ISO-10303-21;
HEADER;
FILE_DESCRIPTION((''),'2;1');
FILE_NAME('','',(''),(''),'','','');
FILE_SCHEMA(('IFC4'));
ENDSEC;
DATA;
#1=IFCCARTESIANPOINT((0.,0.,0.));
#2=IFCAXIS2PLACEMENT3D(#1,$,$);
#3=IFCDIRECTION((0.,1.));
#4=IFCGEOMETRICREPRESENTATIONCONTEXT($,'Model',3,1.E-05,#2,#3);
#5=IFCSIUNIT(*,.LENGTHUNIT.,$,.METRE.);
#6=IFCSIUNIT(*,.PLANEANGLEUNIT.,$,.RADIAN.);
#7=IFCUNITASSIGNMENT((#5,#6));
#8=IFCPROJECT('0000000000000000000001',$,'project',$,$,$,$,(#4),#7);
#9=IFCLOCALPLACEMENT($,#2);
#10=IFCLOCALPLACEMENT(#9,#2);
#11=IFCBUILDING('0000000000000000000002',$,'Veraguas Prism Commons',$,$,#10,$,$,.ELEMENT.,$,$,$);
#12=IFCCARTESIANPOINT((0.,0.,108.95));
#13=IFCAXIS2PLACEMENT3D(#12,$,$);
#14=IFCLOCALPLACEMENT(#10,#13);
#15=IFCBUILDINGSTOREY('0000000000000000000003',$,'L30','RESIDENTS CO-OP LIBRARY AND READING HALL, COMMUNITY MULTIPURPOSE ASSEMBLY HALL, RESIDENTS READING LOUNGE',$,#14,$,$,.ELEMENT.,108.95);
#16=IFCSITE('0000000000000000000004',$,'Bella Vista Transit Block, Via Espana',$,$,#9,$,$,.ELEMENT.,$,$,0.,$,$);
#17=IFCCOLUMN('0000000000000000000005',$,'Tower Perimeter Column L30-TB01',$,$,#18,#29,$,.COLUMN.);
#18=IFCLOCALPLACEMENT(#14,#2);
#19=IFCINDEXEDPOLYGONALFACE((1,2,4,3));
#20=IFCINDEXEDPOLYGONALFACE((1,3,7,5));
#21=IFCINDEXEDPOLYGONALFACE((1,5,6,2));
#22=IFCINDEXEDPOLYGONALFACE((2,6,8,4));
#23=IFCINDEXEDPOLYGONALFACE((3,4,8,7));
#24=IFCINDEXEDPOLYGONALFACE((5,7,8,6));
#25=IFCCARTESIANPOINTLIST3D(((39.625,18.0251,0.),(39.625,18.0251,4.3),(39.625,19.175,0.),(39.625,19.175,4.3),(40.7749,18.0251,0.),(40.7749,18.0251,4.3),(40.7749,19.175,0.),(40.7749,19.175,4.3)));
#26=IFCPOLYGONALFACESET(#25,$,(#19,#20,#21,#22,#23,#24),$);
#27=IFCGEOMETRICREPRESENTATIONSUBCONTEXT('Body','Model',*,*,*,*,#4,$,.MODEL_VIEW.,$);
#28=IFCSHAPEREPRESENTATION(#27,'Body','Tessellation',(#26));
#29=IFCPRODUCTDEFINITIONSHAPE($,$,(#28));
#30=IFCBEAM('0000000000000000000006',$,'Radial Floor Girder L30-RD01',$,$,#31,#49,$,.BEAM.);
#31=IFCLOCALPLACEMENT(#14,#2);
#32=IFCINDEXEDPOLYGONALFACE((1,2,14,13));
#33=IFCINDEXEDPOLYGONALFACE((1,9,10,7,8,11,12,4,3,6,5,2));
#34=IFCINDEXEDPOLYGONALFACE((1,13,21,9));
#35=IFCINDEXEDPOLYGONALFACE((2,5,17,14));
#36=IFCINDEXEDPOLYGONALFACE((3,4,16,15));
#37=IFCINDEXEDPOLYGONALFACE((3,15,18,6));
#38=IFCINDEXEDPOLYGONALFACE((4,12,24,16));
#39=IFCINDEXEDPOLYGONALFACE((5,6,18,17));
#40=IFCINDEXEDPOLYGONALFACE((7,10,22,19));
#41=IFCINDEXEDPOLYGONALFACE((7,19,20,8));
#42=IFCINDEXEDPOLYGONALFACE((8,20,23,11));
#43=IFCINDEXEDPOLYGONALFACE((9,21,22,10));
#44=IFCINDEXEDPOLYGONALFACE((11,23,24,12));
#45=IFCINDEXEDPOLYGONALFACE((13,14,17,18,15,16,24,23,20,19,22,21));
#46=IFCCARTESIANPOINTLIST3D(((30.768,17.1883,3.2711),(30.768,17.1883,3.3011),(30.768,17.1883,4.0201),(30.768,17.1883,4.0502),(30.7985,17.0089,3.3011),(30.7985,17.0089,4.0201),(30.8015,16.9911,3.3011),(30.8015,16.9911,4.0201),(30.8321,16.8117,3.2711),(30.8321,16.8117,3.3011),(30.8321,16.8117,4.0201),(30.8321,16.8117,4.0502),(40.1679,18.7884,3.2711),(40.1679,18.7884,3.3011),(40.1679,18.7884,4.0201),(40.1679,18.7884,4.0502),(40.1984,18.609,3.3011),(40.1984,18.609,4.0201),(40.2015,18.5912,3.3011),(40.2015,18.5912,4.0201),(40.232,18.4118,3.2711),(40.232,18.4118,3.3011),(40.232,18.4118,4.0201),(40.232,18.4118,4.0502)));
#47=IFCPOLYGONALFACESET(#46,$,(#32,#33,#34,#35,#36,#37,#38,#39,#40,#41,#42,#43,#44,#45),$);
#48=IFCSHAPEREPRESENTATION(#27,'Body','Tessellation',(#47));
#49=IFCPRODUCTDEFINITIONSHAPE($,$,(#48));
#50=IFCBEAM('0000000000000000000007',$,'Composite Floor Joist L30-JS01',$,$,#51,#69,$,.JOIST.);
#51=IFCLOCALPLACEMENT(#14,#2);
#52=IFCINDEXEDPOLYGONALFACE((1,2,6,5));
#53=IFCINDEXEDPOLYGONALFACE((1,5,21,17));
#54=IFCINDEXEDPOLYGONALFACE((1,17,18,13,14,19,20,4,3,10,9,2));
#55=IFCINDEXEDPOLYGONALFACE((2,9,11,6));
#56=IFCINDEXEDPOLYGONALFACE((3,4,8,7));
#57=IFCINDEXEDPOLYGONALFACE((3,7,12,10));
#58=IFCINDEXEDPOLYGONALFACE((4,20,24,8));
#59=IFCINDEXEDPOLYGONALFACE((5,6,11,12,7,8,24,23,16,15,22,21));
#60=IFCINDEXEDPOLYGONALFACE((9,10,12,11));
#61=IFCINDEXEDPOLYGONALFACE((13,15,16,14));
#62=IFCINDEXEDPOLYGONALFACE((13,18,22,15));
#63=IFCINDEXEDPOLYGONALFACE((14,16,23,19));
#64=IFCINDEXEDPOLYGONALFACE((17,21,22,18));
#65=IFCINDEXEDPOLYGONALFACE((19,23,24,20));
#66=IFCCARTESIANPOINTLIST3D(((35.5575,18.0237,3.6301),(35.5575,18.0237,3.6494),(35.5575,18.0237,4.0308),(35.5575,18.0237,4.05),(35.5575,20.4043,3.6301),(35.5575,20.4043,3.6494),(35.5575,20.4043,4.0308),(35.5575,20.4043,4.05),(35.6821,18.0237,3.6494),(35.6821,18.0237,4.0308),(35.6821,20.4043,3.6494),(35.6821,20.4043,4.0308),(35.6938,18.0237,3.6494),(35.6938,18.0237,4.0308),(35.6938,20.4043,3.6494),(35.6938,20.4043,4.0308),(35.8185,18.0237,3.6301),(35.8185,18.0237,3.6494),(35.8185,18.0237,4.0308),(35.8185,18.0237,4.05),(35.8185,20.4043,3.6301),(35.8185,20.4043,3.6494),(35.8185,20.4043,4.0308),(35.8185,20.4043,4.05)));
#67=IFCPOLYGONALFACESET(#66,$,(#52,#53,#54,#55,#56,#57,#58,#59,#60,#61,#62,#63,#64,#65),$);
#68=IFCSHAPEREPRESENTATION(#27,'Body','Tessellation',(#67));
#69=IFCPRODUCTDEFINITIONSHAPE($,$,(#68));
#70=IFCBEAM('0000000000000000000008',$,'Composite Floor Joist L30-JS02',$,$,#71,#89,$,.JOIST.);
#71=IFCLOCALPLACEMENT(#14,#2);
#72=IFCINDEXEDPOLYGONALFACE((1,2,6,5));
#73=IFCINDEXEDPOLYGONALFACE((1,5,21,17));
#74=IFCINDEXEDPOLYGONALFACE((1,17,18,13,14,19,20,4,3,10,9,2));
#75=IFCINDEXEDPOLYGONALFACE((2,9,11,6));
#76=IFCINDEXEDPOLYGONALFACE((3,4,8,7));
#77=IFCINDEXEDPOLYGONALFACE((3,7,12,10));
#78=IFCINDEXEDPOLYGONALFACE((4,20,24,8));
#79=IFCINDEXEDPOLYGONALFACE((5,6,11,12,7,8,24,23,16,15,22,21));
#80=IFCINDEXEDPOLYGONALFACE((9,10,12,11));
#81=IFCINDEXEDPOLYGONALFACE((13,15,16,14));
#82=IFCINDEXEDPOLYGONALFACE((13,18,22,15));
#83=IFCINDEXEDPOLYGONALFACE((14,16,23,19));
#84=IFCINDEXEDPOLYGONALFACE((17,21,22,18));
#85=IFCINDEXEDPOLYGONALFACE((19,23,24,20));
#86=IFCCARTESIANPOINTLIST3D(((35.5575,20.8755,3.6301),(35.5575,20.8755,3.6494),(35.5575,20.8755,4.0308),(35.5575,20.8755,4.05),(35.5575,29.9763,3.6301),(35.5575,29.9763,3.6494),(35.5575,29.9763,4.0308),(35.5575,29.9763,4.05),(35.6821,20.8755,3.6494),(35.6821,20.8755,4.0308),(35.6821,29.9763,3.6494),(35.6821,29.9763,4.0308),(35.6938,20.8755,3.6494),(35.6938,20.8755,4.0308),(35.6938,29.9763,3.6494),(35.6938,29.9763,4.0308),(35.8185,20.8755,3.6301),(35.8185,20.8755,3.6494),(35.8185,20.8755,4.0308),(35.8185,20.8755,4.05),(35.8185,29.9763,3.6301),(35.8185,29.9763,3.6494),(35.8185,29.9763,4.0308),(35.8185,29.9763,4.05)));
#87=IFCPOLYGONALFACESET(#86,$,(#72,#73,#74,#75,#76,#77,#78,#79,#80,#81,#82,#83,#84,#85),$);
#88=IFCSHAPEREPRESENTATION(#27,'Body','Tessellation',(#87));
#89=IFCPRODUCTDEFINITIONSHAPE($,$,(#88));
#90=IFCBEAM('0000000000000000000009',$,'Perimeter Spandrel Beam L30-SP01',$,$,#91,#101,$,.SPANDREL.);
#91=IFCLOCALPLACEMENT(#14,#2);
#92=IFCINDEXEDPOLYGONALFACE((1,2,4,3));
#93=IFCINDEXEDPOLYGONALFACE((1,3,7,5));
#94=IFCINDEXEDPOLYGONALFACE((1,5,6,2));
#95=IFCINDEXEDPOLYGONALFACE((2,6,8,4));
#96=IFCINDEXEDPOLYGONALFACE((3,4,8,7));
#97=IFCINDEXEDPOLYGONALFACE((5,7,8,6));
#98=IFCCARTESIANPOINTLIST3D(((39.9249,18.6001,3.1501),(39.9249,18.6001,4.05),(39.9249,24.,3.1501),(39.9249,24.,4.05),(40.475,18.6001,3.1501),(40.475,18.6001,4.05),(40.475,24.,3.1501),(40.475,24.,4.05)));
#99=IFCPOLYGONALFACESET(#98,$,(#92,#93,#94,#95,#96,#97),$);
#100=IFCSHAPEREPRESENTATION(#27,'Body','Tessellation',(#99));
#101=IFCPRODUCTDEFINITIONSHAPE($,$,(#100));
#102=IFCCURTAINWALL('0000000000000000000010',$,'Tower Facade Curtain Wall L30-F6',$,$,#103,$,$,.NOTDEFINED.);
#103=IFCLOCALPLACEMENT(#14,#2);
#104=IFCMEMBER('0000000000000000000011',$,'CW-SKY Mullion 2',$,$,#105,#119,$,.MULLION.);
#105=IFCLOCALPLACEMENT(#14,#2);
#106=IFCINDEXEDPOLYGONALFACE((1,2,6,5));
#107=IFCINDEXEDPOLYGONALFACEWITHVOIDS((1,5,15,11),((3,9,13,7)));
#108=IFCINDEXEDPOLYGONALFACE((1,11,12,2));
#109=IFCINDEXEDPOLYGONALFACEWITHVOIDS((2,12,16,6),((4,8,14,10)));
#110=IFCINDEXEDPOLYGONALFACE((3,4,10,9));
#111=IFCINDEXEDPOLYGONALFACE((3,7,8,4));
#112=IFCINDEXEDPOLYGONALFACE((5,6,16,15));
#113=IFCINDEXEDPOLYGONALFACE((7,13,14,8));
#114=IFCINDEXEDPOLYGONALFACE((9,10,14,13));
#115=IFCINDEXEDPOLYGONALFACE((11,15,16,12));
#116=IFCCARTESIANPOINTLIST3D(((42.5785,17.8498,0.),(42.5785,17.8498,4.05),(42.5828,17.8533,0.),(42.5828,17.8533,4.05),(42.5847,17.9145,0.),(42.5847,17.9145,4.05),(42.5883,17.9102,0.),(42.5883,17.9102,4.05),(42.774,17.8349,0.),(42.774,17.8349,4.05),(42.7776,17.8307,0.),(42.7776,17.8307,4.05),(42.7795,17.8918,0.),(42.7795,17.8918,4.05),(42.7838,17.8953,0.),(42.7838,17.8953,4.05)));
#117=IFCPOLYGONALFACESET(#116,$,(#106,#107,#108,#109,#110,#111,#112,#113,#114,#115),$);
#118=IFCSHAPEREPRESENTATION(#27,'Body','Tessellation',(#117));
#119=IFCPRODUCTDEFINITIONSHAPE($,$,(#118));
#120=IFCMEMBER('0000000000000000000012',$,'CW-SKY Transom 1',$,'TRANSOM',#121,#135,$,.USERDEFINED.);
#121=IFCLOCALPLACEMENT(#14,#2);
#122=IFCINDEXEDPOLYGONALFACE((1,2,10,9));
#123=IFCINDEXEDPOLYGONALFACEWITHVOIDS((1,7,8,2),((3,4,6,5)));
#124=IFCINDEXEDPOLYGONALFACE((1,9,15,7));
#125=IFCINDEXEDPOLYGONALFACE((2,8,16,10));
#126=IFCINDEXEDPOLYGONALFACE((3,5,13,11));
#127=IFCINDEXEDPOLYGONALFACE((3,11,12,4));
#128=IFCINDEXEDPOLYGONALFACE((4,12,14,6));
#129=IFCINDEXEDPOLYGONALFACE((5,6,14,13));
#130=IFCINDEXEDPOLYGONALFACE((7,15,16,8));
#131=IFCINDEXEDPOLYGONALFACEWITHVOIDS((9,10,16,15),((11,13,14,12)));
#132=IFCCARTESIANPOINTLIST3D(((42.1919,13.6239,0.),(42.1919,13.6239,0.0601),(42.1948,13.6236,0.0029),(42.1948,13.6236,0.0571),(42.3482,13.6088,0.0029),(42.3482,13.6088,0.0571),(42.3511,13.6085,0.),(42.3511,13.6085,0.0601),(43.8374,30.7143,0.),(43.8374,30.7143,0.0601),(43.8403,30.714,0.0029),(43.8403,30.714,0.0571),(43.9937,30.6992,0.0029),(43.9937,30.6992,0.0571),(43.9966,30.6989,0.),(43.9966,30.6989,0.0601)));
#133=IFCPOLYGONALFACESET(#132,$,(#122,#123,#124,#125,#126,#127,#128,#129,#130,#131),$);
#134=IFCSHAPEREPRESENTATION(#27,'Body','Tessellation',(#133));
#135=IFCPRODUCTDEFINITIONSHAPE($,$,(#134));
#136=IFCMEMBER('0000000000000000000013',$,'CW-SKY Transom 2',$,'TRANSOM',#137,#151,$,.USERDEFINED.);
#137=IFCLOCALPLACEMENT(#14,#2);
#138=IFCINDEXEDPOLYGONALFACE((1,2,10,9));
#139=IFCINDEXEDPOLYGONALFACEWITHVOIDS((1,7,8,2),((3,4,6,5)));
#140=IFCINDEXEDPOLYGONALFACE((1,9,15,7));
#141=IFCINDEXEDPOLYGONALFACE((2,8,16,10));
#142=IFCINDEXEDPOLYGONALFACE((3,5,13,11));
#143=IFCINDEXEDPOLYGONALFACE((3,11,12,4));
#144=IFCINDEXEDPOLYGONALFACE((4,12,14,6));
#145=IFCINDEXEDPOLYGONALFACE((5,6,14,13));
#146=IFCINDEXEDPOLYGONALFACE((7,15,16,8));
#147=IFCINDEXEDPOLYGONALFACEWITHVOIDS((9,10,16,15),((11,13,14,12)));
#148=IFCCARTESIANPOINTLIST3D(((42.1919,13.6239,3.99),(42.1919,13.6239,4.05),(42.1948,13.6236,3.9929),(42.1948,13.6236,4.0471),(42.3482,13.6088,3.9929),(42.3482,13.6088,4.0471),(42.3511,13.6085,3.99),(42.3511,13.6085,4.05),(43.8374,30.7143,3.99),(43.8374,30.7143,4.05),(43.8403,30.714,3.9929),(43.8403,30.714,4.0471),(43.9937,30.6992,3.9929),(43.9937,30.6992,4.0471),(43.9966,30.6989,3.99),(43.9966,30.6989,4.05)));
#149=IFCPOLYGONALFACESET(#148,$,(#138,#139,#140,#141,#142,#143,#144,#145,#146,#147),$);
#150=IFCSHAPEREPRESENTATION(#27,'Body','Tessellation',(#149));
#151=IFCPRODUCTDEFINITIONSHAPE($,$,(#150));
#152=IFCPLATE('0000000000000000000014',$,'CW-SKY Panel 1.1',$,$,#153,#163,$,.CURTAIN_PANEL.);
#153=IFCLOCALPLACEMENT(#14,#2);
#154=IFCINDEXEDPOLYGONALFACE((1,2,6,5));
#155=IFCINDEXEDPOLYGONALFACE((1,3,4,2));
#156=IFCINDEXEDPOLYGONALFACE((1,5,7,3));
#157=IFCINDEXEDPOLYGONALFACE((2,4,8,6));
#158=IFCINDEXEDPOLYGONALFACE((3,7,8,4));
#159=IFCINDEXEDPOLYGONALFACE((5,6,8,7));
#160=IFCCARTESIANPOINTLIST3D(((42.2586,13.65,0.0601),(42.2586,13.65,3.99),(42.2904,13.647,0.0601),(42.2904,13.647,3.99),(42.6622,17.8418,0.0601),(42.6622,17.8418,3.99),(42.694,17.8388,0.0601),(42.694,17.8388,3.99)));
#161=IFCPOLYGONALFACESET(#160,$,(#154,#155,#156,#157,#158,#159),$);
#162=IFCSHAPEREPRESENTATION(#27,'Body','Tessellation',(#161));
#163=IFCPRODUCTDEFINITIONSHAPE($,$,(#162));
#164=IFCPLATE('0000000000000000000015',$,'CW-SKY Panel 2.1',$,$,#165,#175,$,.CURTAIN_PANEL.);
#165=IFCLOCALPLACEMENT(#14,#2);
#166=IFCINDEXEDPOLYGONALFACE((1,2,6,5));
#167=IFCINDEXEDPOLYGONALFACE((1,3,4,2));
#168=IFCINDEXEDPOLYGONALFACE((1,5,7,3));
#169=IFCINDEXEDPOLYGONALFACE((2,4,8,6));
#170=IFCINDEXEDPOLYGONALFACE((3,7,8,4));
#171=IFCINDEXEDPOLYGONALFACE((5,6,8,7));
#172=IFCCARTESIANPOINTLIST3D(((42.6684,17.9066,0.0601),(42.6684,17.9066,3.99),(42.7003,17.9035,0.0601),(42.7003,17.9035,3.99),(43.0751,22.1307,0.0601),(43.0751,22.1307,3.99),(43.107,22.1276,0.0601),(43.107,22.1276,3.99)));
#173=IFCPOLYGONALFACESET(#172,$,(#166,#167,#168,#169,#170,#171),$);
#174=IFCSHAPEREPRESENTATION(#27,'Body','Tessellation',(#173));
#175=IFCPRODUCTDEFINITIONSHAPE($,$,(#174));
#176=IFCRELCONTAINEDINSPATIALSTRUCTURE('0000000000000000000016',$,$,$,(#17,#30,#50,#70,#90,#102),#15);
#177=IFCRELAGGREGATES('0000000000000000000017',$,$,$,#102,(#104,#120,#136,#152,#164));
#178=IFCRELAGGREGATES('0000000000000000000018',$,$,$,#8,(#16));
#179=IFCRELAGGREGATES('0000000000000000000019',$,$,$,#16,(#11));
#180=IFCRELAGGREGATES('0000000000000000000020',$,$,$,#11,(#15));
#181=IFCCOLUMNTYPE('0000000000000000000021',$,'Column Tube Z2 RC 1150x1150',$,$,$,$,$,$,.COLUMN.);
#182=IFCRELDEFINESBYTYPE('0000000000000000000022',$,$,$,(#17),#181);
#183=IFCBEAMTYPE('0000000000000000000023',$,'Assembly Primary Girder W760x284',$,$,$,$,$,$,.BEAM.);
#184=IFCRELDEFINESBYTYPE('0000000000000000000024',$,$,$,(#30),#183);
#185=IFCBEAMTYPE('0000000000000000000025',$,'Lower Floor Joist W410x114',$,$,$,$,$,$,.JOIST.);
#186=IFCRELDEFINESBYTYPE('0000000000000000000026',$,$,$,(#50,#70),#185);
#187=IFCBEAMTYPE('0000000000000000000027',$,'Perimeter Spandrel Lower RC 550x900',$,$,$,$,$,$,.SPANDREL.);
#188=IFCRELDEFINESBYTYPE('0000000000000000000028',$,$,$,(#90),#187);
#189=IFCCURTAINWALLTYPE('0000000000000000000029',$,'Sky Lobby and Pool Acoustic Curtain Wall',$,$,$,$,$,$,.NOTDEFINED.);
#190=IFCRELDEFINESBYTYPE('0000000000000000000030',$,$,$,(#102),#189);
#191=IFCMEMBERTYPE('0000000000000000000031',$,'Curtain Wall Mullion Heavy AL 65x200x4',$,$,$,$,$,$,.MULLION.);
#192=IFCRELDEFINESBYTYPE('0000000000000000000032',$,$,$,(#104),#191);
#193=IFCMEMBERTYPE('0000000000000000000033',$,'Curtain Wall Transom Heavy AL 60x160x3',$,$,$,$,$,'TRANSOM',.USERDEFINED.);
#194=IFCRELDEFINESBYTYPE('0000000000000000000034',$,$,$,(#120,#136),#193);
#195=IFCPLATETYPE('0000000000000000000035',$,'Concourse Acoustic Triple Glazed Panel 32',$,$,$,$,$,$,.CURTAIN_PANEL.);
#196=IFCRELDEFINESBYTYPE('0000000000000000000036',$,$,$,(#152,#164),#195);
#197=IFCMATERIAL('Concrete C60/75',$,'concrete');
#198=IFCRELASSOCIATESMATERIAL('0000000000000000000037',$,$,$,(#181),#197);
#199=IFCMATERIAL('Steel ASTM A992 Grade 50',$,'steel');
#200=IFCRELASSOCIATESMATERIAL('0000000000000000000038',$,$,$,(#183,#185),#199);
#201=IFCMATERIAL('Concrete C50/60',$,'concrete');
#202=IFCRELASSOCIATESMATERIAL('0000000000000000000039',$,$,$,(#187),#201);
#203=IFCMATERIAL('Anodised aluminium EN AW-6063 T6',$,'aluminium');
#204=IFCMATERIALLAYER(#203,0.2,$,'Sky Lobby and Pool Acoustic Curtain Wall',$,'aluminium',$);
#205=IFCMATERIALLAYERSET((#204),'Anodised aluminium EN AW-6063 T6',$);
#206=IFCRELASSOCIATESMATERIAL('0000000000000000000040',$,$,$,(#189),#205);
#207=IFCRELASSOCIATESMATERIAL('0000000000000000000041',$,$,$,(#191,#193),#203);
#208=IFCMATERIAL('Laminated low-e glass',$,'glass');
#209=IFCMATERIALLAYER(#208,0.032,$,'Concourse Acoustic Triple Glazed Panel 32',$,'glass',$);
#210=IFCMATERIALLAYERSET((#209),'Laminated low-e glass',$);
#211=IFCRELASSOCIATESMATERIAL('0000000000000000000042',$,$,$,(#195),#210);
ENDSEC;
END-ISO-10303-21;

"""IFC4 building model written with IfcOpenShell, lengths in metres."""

from ifc_helpers import new_model, si_unit, direction, frame, origin, origin_2d, place, context, subcontext, project, spatial, rectangle, hollow_rectangle, i_section, extrude, source, transform, mapped, material, layer, layer_set, material_profile, profile_set, type_object, element, aggregate, save


model = new_model("IFC4")

# Units and contexts
model_context = context("Model", 3, precision=1e-05, world=origin(), true_north=direction((0.0, 1.0)))
body_context = subcontext(model_context, "Body", "Model", "MODEL_VIEW")
ifc_project = project(units=[si_unit("LENGTHUNIT", "METRE"), si_unit("PLANEANGLEUNIT", "RADIAN")], contexts=[model_context])

# Site, building, storey
site_placement = place(None, origin())
site = spatial("IfcSite", under=ifc_project, at=site_placement, Name="Bella Vista Transit Block, Via Espana", CompositionType="ELEMENT", RefElevation=0.0)
building_placement = place(site_placement, origin())
building = spatial("IfcBuilding", under=site, at=building_placement, Name="Veraguas Prism Commons", CompositionType="ELEMENT")
storey_placement = place(building_placement, frame((0.0, 0.0, 108.95)))
storey = spatial("IfcBuildingStorey", under=building, at=storey_placement, Name="L30", Description="RESIDENTS CO-OP LIBRARY AND READING HALL, COMMUNITY MULTIPURPOSE ASSEMBLY HALL, RESIDENTS READING LOUNGE", CompositionType="ELEMENT", Elevation=108.95)

# Column
ifc_material_1 = material(Name="Concrete C60/75", Category="concrete")
ifc_material_profile_1 = material_profile(ifc_material_1, rectangle(XDim=1.1499, YDim=1.1499, at=origin_2d()), Name="RC1150X1150")
ifc_profile_set_1 = profile_set([ifc_material_profile_1], Name="Concrete C60/75")
column_type = type_object("IfcColumnType", Name="Column Tube Z2 RC 1150x1150", PredefinedType="COLUMN", material=ifc_profile_set_1)
column_placement = place(storey_placement, frame((40.2, 18.6001, 0.0), z_axis=(0.0, 0.0, 1.0), x_axis=(1.0, 0.0, 0.0)))
element("IfcColumn", 1, at=column_placement, inside=storey, type_object=column_type, Name="Tower Perimeter Column L30-TB01", PredefinedType="COLUMN", context=body_context, shape_type="SweptSolid", body=[
    extrude(rectangle(XDim=1.1499, YDim=1.1499, at=origin_2d()), origin(), (0.0, 0.0, 1.0), 4.3),
])

# Beams
ifc_material_2 = material(Name="Steel ASTM A992 Grade 50", Category="steel")
ifc_material_profile_2 = material_profile(ifc_material_2, i_section(OverallWidth=0.3821, OverallDepth=0.7791, WebThickness=0.0181, FlangeThickness=0.03, at=origin_2d()), Name="W760X284")
ifc_profile_set_2 = profile_set([ifc_material_profile_2], Name="Steel ASTM A992 Grade 50")
beam_type_1 = type_object("IfcBeamType", Name="Assembly Primary Girder W760x284", PredefinedType="BEAM", material=ifc_profile_set_2)
beam_1_placement = place(storey_placement, frame((40.2, 18.6001, 3.6606), z_axis=(-0.985819, -0.167811, 0.0), x_axis=(0.167811, -0.985819, 0.0)))
element("IfcBeam", 2, at=beam_1_placement, inside=storey, type_object=beam_type_1, Name="Radial Floor Girder L30-RD01", PredefinedType="BEAM", context=body_context, shape_type="SweptSolid", body=[
    extrude(i_section(OverallWidth=0.3821, OverallDepth=0.7791, WebThickness=0.0181, FlangeThickness=0.03, at=origin_2d()), origin(), (0.0, 0.0, 1.0), 9.5352),
])
ifc_material_profile_3 = material_profile(ifc_material_2, i_section(OverallWidth=0.261, OverallDepth=0.4199, WebThickness=0.0117, FlangeThickness=0.0193, at=origin_2d()), Name="W410X114")
ifc_profile_set_3 = profile_set([ifc_material_profile_3], Name="Steel ASTM A992 Grade 50")
beam_type_2 = type_object("IfcBeamType", Name="Lower Floor Joist W410x114", PredefinedType="JOIST", material=ifc_profile_set_3)
beam_2_placement = place(storey_placement, frame((35.688, 18.0237, 3.8401), z_axis=(0.0, 1.0, 0.0), x_axis=(-1.0, 0.0, 0.0)))
element("IfcBeam", 3, at=beam_2_placement, inside=storey, type_object=beam_type_2, Name="Composite Floor Joist L30-JS01", PredefinedType="JOIST", context=body_context, shape_type="SweptSolid", body=[
    extrude(i_section(OverallWidth=0.261, OverallDepth=0.4199, WebThickness=0.0117, FlangeThickness=0.0193, at=origin_2d()), origin(), (0.0, 0.0, 1.0), 2.3806),
])
beam_3_placement = place(storey_placement, frame((35.688, 20.8755, 3.8401), z_axis=(0.0, 1.0, 0.0), x_axis=(-1.0, 0.0, 0.0)))
element("IfcBeam", 4, at=beam_3_placement, inside=storey, type_object=beam_type_2, Name="Composite Floor Joist L30-JS02", PredefinedType="JOIST", context=body_context, shape_type="SweptSolid", body=[
    extrude(i_section(OverallWidth=0.261, OverallDepth=0.4199, WebThickness=0.0117, FlangeThickness=0.0193, at=origin_2d()), origin(), (0.0, 0.0, 1.0), 9.1008),
])
ifc_material_3 = material(Name="Concrete C50/60", Category="concrete")
ifc_material_profile_4 = material_profile(ifc_material_3, rectangle(XDim=0.55, YDim=0.8999, at=origin_2d()), Name="RC550X900")
ifc_profile_set_4 = profile_set([ifc_material_profile_4], Name="Concrete C50/60")
beam_type_3 = type_object("IfcBeamType", Name="Perimeter Spandrel Lower RC 550x900", PredefinedType="SPANDREL", material=ifc_profile_set_4)
beam_4_placement = place(storey_placement, frame((40.2, 18.6001, 3.6001), z_axis=(0.0, 1.0, 0.0), x_axis=(-1.0, 0.0, 0.0)))
element("IfcBeam", 5, at=beam_4_placement, inside=storey, type_object=beam_type_3, Name="Perimeter Spandrel Beam L30-SP01", PredefinedType="SPANDREL", context=body_context, shape_type="SweptSolid", body=[
    extrude(rectangle(XDim=0.55, YDim=0.8999, at=origin_2d()), origin(), (0.0, 0.0, 1.0), 5.3999),
])

# Curtain wall, members, plates
ifc_material_4 = material(Name="Anodised aluminium EN AW-6063 T6", Category="aluminium")
ifc_layer_1 = layer(ifc_material_4, 0.2, Name="Sky Lobby and Pool Acoustic Curtain Wall", Category="aluminium")
ifc_layer_set_1 = layer_set([ifc_layer_1], Name="Anodised aluminium EN AW-6063 T6")
curtain_wall_type = type_object("IfcCurtainWallType", Name="Sky Lobby and Pool Acoustic Curtain Wall", PredefinedType="NOTDEFINED", material=ifc_layer_set_1)
curtain_wall_placement = place(storey_placement, origin())
curtain_wall = element("IfcCurtainWall", 6, at=curtain_wall_placement, inside=storey, type_object=curtain_wall_type, Name="Tower Facade Curtain Wall L30-F6", PredefinedType="NOTDEFINED")
ifc_material_profile_5 = material_profile(ifc_material_4, hollow_rectangle(XDim=0.0649, YDim=0.2, WallThickness=0.0039, at=origin_2d()), Name="AL65X200X4")
ifc_profile_set_5 = profile_set([ifc_material_profile_5], Name="Anodised aluminium EN AW-6063 T6")
member_type_1 = type_object("IfcMemberType", Name="Curtain Wall Mullion Heavy AL 65x200x4", PredefinedType="MULLION", material=ifc_profile_set_5)
shared_shape_1 = source(origin(), body_context, "Body", "SweptSolid", [
    extrude(hollow_rectangle(XDim=0.0649, YDim=0.2, WallThickness=0.0039, at=origin_2d()), origin(), (0.0, 0.0, 1.0), 4.05),
])
member_1_placement = place(storey_placement, frame((42.6812, 17.8726, 0.0), z_axis=(0.0, 0.0, 1.0), x_axis=(0.095837, 0.995397, 0.0)))
member_1 = element("IfcMember", 7, at=member_1_placement, type_object=member_type_1, Name="CW-SKY Mullion 2", PredefinedType="MULLION", context=body_context, shape_type="MappedRepresentation", body=[
    mapped(shared_shape_1, transform((0.0, 0.0, 0.0), scale=1.0)),
])
ifc_material_profile_6 = material_profile(ifc_material_4, hollow_rectangle(XDim=0.0601, YDim=0.1599, WallThickness=0.0029, at=origin_2d()), Name="AL60X160X3")
ifc_profile_set_6 = profile_set([ifc_material_profile_6], Name="Anodised aluminium EN AW-6063 T6")
member_type_2 = type_object("IfcMemberType", Name="Curtain Wall Transom Heavy AL 60x160x3", ElementType="TRANSOM", PredefinedType="USERDEFINED", material=ifc_profile_set_6)
shared_shape_2 = source(origin(), body_context, "Body", "SweptSolid", [
    extrude(hollow_rectangle(XDim=0.0601, YDim=0.1599, WallThickness=0.0029, at=origin_2d()), origin(), (0.0, 0.0, 1.0), 17.1694),
])
member_2_placement = place(storey_placement, frame((42.2715, 13.6162, 0.03), z_axis=(0.09584, 0.995397, 0.0), x_axis=(0.0, 0.0, 1.0)))
member_2 = element("IfcMember", 8, at=member_2_placement, type_object=member_type_2, Name="CW-SKY Transom 1", ObjectType="TRANSOM", PredefinedType="USERDEFINED", context=body_context, shape_type="MappedRepresentation", body=[
    mapped(shared_shape_2, transform((0.0, 0.0, 0.0), scale=1.0)),
])
member_3_placement = place(storey_placement, frame((42.2715, 13.6162, 4.02), z_axis=(0.09584, 0.995397, 0.0), x_axis=(0.0, 0.0, 1.0)))
member_3 = element("IfcMember", 9, at=member_3_placement, type_object=member_type_2, Name="CW-SKY Transom 2", ObjectType="TRANSOM", PredefinedType="USERDEFINED", context=body_context, shape_type="MappedRepresentation", body=[
    mapped(shared_shape_2, transform((0.0, 0.0, 0.0), scale=1.0)),
])
ifc_material_5 = material(Name="Laminated low-e glass", Category="glass")
ifc_layer_2 = layer(ifc_material_5, 0.032, Name="Concourse Acoustic Triple Glazed Panel 32", Category="glass")
ifc_layer_set_2 = layer_set([ifc_layer_2], Name="Laminated low-e glass")
plate_type = type_object("IfcPlateType", Name="Concourse Acoustic Triple Glazed Panel 32", PredefinedType="CURTAIN_PANEL", material=ifc_layer_set_2)
shared_shape_3 = source(origin(), body_context, "Body", "SweptSolid", [
    extrude(rectangle(XDim=4.2112, YDim=0.032, at=origin_2d()), origin(), (0.0, 0.0, 1.0), 3.9299),
])
plate_1_placement = place(storey_placement, frame((42.4763, 15.7444, 0.0601), z_axis=(0.0, 0.0, 1.0), x_axis=(0.095837, 0.995397, 0.0)))
plate_1 = element("IfcPlate", 10, at=plate_1_placement, type_object=plate_type, Name="CW-SKY Panel 1.1", PredefinedType="CURTAIN_PANEL", context=body_context, shape_type="MappedRepresentation", body=[
    mapped(shared_shape_3, transform((0.0, 0.0, 0.0), scale=1.0)),
])
shared_shape_4 = source(origin(), body_context, "Body", "SweptSolid", [
    extrude(rectangle(XDim=4.2437, YDim=0.032, at=origin_2d()), origin(), (0.0, 0.0, 1.0), 3.9299),
])
plate_2_placement = place(storey_placement, frame((42.8877, 20.0171, 0.0601), z_axis=(0.0, 0.0, 1.0), x_axis=(0.095837, 0.995397, 0.0)))
plate_2 = element("IfcPlate", 11, at=plate_2_placement, type_object=plate_type, Name="CW-SKY Panel 2.1", PredefinedType="CURTAIN_PANEL", context=body_context, shape_type="MappedRepresentation", body=[
    mapped(shared_shape_4, transform((0.0, 0.0, 0.0), scale=1.0)),
])
aggregate(curtain_wall, [member_1, member_2, member_3, plate_1, plate_2])

save(model, "model.ifc")
